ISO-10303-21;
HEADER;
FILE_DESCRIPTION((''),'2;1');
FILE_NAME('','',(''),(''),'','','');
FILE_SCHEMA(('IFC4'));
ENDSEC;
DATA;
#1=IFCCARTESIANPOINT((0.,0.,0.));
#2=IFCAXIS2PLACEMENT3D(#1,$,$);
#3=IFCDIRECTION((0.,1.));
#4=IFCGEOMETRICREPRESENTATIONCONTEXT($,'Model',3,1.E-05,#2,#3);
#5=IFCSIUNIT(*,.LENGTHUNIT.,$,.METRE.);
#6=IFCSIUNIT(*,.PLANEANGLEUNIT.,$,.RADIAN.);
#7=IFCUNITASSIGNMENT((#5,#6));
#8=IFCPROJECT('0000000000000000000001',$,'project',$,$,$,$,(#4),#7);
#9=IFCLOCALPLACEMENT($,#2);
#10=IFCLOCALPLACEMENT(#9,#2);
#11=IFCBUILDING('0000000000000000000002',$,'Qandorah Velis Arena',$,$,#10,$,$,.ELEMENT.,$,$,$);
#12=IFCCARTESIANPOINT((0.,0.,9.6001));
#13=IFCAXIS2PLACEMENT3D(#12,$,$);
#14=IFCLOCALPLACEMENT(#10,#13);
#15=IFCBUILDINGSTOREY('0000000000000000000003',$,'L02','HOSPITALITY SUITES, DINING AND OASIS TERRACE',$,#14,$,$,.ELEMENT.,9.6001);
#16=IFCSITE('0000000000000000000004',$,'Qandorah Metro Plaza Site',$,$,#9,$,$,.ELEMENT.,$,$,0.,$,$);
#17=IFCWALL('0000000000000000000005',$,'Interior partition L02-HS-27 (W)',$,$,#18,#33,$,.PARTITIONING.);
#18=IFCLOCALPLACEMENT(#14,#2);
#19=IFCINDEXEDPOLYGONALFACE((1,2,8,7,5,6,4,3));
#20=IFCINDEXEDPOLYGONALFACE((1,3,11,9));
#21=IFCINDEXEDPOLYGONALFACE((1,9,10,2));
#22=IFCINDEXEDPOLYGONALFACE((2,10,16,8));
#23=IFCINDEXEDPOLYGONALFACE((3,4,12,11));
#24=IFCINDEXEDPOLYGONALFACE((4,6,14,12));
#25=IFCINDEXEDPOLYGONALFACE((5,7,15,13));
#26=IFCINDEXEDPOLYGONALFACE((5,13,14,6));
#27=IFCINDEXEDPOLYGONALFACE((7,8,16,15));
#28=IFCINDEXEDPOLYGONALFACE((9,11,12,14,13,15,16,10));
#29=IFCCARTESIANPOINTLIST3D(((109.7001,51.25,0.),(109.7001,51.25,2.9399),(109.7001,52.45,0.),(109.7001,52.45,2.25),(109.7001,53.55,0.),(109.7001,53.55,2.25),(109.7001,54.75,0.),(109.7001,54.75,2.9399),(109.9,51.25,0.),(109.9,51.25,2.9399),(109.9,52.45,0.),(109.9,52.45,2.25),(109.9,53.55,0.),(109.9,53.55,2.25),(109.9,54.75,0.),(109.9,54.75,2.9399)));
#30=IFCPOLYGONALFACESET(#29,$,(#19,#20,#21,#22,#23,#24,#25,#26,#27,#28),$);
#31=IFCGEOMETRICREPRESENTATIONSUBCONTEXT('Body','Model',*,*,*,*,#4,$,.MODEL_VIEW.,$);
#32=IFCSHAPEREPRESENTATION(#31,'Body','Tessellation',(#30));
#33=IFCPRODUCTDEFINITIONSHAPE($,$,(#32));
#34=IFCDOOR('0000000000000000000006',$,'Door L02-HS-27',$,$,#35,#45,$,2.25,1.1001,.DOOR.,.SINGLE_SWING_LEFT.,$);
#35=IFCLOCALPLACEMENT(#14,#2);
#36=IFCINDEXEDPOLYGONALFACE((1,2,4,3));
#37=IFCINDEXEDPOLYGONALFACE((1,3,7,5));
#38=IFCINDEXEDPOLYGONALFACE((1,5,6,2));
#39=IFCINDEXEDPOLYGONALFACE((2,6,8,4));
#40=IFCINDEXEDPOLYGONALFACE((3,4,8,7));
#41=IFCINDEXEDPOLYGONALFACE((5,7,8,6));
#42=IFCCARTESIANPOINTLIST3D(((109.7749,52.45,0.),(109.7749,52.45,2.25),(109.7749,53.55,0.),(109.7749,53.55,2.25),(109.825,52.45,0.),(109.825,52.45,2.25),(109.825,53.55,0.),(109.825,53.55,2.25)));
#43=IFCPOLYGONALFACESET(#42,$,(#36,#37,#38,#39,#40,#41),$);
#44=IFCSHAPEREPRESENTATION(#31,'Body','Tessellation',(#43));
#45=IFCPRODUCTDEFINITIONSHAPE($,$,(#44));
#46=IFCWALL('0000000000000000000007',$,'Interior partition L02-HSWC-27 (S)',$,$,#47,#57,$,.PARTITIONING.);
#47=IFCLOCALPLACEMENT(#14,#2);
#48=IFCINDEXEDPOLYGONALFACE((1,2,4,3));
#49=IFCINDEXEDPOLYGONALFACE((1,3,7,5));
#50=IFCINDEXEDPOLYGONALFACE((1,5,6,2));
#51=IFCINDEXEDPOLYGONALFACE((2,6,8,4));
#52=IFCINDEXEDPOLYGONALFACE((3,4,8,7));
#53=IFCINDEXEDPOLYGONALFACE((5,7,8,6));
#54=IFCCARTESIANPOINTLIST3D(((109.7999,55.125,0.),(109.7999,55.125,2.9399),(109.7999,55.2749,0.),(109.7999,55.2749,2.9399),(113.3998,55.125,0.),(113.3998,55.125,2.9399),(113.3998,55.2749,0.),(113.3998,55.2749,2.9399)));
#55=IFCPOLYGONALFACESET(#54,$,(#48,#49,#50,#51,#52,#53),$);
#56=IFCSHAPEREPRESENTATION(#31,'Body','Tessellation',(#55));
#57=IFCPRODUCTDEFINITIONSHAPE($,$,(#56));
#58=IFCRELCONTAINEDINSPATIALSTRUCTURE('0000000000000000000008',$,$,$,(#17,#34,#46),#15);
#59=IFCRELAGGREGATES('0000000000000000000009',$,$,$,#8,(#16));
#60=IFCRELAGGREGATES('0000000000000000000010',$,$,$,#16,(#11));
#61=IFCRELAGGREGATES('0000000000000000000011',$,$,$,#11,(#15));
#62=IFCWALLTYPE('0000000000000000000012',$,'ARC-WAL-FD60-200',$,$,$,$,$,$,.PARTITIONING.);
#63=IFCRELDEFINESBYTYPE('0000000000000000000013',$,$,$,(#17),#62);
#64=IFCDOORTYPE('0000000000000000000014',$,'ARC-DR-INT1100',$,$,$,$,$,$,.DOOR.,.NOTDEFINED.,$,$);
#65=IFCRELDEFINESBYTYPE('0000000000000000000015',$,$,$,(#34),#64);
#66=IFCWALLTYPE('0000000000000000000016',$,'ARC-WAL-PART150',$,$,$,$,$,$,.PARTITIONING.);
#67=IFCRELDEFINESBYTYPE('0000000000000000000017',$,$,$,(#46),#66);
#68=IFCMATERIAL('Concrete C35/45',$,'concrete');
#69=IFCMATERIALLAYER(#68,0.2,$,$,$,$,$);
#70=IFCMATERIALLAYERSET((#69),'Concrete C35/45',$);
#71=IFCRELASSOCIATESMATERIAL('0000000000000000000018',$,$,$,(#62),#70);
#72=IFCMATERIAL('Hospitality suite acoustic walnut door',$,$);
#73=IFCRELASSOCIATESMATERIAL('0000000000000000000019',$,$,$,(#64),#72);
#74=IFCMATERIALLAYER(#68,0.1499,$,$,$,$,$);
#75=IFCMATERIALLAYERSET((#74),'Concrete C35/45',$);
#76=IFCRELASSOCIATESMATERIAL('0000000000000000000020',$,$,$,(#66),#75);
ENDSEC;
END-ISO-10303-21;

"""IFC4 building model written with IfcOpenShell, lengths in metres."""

from ifc_helpers import new_model, si_unit, direction, frame, frame_2d, origin, place, context, subcontext, project, spatial, rectangle, extrude, material, layer, layer_set, type_object, element, fill, save


model = new_model("IFC4")

# Units and contexts
model_context = context("Model", 3, precision=1e-05, world=origin(), true_north=direction((0.0, 1.0)))
body_context = subcontext(model_context, "Body", "Model", "MODEL_VIEW")
ifc_project = project(units=[si_unit("LENGTHUNIT", "METRE"), si_unit("PLANEANGLEUNIT", "RADIAN")], contexts=[model_context])

# Site, building, storey
site_placement = place(None, origin())
site = spatial("IfcSite", under=ifc_project, at=site_placement, Name="Qandorah Metro Plaza Site", CompositionType="ELEMENT", RefElevation=0.0)
building_placement = place(site_placement, origin())
building = spatial("IfcBuilding", under=site, at=building_placement, Name="Qandorah Velis Arena", CompositionType="ELEMENT")
storey_placement = place(building_placement, frame((0.0, 0.0, 9.6001)))
storey = spatial("IfcBuildingStorey", under=building, at=storey_placement, Name="L02", Description="HOSPITALITY SUITES, DINING AND OASIS TERRACE", CompositionType="ELEMENT", Elevation=9.6001)

# Wall, opening, door
ifc_material_1 = material(Name="Concrete C35/45", Category="concrete")
ifc_layer_1 = layer(ifc_material_1, 0.2)
ifc_layer_set_1 = layer_set([ifc_layer_1], Name="Concrete C35/45")
wall_type_1 = type_object("IfcWallType", Name="ARC-WAL-FD60-200", PredefinedType="PARTITIONING", material=ifc_layer_set_1)
wall_1_placement = place(storey_placement, frame((109.8, 54.75, 0.0), z_axis=(0.0, 0.0, 1.0), x_axis=(0.0, -1.0, 0.0)))
wall_1 = element("IfcWall", 1, at=wall_1_placement, inside=storey, type_object=wall_type_1, Name="Interior partition L02-HS-27 (W)", PredefinedType="PARTITIONING", context=body_context, shape_type="SweptSolid", body=[
    extrude(rectangle(XDim=3.5, YDim=0.2, at=frame_2d((1.75, 0.0))), origin(), (0.0, 0.0, 1.0), 2.9399),
])
opening_1_placement = place(wall_1_placement, frame((1.2, 0.0, 0.0)))
opening_1 = element("IfcOpeningElement", 2, at=opening_1_placement, cuts=wall_1, PredefinedType="OPENING", context=body_context, shape_type="SweptSolid", body=[
    extrude(rectangle(XDim=1.1001, YDim=2.25, at=frame_2d((0.55, 1.125))), frame((0.0, 0.1099, 0.0), z_axis=(0.0, -1.0, 0.0), x_axis=(1.0, 0.0, 0.0)), (0.0, 0.0, 1.0), 0.22),
])
ifc_material_2 = material(Name="Hospitality suite acoustic walnut door")
door_type_1 = type_object("IfcDoorType", Name="ARC-DR-INT1100", OperationType="NOTDEFINED", PredefinedType="DOOR", material=ifc_material_2)
door_1_placement = place(opening_1_placement, origin())
door_1 = element("IfcDoor", 3, at=door_1_placement, inside=storey, type_object=door_type_1, Name="Door L02-HS-27", OperationType="SINGLE_SWING_LEFT", OverallHeight=2.25, OverallWidth=1.1001, PredefinedType="DOOR", context=body_context, shape_type="SweptSolid", body=[
    extrude(rectangle(XDim=1.1001, YDim=2.25, at=frame_2d((0.55, 1.125))), frame((0.0, 0.0249, 0.0), z_axis=(0.0, -1.0, 0.0), x_axis=(1.0, 0.0, 0.0)), (0.0, 0.0, 1.0), 0.05),
])
fill(opening_1, door_1)

# Wall
ifc_layer_2 = layer(ifc_material_1, 0.1499)
ifc_layer_set_2 = layer_set([ifc_layer_2], Name="Concrete C35/45")
wall_type_2 = type_object("IfcWallType", Name="ARC-WAL-PART150", PredefinedType="PARTITIONING", material=ifc_layer_set_2)
wall_2_placement = place(storey_placement, frame((109.8, 55.2, 0.0), z_axis=(0.0, 0.0, 1.0), x_axis=(1.0, 0.0, 0.0)))
element("IfcWall", 4, at=wall_2_placement, inside=storey, type_object=wall_type_2, Name="Interior partition L02-HSWC-27 (S)", PredefinedType="PARTITIONING", context=body_context, shape_type="SweptSolid", body=[
    extrude(rectangle(XDim=3.5999, YDim=0.1499, at=frame_2d((1.7998, 0.0))), origin(), (0.0, 0.0, 1.0), 2.9399),
])

save(model, "model.ifc")
